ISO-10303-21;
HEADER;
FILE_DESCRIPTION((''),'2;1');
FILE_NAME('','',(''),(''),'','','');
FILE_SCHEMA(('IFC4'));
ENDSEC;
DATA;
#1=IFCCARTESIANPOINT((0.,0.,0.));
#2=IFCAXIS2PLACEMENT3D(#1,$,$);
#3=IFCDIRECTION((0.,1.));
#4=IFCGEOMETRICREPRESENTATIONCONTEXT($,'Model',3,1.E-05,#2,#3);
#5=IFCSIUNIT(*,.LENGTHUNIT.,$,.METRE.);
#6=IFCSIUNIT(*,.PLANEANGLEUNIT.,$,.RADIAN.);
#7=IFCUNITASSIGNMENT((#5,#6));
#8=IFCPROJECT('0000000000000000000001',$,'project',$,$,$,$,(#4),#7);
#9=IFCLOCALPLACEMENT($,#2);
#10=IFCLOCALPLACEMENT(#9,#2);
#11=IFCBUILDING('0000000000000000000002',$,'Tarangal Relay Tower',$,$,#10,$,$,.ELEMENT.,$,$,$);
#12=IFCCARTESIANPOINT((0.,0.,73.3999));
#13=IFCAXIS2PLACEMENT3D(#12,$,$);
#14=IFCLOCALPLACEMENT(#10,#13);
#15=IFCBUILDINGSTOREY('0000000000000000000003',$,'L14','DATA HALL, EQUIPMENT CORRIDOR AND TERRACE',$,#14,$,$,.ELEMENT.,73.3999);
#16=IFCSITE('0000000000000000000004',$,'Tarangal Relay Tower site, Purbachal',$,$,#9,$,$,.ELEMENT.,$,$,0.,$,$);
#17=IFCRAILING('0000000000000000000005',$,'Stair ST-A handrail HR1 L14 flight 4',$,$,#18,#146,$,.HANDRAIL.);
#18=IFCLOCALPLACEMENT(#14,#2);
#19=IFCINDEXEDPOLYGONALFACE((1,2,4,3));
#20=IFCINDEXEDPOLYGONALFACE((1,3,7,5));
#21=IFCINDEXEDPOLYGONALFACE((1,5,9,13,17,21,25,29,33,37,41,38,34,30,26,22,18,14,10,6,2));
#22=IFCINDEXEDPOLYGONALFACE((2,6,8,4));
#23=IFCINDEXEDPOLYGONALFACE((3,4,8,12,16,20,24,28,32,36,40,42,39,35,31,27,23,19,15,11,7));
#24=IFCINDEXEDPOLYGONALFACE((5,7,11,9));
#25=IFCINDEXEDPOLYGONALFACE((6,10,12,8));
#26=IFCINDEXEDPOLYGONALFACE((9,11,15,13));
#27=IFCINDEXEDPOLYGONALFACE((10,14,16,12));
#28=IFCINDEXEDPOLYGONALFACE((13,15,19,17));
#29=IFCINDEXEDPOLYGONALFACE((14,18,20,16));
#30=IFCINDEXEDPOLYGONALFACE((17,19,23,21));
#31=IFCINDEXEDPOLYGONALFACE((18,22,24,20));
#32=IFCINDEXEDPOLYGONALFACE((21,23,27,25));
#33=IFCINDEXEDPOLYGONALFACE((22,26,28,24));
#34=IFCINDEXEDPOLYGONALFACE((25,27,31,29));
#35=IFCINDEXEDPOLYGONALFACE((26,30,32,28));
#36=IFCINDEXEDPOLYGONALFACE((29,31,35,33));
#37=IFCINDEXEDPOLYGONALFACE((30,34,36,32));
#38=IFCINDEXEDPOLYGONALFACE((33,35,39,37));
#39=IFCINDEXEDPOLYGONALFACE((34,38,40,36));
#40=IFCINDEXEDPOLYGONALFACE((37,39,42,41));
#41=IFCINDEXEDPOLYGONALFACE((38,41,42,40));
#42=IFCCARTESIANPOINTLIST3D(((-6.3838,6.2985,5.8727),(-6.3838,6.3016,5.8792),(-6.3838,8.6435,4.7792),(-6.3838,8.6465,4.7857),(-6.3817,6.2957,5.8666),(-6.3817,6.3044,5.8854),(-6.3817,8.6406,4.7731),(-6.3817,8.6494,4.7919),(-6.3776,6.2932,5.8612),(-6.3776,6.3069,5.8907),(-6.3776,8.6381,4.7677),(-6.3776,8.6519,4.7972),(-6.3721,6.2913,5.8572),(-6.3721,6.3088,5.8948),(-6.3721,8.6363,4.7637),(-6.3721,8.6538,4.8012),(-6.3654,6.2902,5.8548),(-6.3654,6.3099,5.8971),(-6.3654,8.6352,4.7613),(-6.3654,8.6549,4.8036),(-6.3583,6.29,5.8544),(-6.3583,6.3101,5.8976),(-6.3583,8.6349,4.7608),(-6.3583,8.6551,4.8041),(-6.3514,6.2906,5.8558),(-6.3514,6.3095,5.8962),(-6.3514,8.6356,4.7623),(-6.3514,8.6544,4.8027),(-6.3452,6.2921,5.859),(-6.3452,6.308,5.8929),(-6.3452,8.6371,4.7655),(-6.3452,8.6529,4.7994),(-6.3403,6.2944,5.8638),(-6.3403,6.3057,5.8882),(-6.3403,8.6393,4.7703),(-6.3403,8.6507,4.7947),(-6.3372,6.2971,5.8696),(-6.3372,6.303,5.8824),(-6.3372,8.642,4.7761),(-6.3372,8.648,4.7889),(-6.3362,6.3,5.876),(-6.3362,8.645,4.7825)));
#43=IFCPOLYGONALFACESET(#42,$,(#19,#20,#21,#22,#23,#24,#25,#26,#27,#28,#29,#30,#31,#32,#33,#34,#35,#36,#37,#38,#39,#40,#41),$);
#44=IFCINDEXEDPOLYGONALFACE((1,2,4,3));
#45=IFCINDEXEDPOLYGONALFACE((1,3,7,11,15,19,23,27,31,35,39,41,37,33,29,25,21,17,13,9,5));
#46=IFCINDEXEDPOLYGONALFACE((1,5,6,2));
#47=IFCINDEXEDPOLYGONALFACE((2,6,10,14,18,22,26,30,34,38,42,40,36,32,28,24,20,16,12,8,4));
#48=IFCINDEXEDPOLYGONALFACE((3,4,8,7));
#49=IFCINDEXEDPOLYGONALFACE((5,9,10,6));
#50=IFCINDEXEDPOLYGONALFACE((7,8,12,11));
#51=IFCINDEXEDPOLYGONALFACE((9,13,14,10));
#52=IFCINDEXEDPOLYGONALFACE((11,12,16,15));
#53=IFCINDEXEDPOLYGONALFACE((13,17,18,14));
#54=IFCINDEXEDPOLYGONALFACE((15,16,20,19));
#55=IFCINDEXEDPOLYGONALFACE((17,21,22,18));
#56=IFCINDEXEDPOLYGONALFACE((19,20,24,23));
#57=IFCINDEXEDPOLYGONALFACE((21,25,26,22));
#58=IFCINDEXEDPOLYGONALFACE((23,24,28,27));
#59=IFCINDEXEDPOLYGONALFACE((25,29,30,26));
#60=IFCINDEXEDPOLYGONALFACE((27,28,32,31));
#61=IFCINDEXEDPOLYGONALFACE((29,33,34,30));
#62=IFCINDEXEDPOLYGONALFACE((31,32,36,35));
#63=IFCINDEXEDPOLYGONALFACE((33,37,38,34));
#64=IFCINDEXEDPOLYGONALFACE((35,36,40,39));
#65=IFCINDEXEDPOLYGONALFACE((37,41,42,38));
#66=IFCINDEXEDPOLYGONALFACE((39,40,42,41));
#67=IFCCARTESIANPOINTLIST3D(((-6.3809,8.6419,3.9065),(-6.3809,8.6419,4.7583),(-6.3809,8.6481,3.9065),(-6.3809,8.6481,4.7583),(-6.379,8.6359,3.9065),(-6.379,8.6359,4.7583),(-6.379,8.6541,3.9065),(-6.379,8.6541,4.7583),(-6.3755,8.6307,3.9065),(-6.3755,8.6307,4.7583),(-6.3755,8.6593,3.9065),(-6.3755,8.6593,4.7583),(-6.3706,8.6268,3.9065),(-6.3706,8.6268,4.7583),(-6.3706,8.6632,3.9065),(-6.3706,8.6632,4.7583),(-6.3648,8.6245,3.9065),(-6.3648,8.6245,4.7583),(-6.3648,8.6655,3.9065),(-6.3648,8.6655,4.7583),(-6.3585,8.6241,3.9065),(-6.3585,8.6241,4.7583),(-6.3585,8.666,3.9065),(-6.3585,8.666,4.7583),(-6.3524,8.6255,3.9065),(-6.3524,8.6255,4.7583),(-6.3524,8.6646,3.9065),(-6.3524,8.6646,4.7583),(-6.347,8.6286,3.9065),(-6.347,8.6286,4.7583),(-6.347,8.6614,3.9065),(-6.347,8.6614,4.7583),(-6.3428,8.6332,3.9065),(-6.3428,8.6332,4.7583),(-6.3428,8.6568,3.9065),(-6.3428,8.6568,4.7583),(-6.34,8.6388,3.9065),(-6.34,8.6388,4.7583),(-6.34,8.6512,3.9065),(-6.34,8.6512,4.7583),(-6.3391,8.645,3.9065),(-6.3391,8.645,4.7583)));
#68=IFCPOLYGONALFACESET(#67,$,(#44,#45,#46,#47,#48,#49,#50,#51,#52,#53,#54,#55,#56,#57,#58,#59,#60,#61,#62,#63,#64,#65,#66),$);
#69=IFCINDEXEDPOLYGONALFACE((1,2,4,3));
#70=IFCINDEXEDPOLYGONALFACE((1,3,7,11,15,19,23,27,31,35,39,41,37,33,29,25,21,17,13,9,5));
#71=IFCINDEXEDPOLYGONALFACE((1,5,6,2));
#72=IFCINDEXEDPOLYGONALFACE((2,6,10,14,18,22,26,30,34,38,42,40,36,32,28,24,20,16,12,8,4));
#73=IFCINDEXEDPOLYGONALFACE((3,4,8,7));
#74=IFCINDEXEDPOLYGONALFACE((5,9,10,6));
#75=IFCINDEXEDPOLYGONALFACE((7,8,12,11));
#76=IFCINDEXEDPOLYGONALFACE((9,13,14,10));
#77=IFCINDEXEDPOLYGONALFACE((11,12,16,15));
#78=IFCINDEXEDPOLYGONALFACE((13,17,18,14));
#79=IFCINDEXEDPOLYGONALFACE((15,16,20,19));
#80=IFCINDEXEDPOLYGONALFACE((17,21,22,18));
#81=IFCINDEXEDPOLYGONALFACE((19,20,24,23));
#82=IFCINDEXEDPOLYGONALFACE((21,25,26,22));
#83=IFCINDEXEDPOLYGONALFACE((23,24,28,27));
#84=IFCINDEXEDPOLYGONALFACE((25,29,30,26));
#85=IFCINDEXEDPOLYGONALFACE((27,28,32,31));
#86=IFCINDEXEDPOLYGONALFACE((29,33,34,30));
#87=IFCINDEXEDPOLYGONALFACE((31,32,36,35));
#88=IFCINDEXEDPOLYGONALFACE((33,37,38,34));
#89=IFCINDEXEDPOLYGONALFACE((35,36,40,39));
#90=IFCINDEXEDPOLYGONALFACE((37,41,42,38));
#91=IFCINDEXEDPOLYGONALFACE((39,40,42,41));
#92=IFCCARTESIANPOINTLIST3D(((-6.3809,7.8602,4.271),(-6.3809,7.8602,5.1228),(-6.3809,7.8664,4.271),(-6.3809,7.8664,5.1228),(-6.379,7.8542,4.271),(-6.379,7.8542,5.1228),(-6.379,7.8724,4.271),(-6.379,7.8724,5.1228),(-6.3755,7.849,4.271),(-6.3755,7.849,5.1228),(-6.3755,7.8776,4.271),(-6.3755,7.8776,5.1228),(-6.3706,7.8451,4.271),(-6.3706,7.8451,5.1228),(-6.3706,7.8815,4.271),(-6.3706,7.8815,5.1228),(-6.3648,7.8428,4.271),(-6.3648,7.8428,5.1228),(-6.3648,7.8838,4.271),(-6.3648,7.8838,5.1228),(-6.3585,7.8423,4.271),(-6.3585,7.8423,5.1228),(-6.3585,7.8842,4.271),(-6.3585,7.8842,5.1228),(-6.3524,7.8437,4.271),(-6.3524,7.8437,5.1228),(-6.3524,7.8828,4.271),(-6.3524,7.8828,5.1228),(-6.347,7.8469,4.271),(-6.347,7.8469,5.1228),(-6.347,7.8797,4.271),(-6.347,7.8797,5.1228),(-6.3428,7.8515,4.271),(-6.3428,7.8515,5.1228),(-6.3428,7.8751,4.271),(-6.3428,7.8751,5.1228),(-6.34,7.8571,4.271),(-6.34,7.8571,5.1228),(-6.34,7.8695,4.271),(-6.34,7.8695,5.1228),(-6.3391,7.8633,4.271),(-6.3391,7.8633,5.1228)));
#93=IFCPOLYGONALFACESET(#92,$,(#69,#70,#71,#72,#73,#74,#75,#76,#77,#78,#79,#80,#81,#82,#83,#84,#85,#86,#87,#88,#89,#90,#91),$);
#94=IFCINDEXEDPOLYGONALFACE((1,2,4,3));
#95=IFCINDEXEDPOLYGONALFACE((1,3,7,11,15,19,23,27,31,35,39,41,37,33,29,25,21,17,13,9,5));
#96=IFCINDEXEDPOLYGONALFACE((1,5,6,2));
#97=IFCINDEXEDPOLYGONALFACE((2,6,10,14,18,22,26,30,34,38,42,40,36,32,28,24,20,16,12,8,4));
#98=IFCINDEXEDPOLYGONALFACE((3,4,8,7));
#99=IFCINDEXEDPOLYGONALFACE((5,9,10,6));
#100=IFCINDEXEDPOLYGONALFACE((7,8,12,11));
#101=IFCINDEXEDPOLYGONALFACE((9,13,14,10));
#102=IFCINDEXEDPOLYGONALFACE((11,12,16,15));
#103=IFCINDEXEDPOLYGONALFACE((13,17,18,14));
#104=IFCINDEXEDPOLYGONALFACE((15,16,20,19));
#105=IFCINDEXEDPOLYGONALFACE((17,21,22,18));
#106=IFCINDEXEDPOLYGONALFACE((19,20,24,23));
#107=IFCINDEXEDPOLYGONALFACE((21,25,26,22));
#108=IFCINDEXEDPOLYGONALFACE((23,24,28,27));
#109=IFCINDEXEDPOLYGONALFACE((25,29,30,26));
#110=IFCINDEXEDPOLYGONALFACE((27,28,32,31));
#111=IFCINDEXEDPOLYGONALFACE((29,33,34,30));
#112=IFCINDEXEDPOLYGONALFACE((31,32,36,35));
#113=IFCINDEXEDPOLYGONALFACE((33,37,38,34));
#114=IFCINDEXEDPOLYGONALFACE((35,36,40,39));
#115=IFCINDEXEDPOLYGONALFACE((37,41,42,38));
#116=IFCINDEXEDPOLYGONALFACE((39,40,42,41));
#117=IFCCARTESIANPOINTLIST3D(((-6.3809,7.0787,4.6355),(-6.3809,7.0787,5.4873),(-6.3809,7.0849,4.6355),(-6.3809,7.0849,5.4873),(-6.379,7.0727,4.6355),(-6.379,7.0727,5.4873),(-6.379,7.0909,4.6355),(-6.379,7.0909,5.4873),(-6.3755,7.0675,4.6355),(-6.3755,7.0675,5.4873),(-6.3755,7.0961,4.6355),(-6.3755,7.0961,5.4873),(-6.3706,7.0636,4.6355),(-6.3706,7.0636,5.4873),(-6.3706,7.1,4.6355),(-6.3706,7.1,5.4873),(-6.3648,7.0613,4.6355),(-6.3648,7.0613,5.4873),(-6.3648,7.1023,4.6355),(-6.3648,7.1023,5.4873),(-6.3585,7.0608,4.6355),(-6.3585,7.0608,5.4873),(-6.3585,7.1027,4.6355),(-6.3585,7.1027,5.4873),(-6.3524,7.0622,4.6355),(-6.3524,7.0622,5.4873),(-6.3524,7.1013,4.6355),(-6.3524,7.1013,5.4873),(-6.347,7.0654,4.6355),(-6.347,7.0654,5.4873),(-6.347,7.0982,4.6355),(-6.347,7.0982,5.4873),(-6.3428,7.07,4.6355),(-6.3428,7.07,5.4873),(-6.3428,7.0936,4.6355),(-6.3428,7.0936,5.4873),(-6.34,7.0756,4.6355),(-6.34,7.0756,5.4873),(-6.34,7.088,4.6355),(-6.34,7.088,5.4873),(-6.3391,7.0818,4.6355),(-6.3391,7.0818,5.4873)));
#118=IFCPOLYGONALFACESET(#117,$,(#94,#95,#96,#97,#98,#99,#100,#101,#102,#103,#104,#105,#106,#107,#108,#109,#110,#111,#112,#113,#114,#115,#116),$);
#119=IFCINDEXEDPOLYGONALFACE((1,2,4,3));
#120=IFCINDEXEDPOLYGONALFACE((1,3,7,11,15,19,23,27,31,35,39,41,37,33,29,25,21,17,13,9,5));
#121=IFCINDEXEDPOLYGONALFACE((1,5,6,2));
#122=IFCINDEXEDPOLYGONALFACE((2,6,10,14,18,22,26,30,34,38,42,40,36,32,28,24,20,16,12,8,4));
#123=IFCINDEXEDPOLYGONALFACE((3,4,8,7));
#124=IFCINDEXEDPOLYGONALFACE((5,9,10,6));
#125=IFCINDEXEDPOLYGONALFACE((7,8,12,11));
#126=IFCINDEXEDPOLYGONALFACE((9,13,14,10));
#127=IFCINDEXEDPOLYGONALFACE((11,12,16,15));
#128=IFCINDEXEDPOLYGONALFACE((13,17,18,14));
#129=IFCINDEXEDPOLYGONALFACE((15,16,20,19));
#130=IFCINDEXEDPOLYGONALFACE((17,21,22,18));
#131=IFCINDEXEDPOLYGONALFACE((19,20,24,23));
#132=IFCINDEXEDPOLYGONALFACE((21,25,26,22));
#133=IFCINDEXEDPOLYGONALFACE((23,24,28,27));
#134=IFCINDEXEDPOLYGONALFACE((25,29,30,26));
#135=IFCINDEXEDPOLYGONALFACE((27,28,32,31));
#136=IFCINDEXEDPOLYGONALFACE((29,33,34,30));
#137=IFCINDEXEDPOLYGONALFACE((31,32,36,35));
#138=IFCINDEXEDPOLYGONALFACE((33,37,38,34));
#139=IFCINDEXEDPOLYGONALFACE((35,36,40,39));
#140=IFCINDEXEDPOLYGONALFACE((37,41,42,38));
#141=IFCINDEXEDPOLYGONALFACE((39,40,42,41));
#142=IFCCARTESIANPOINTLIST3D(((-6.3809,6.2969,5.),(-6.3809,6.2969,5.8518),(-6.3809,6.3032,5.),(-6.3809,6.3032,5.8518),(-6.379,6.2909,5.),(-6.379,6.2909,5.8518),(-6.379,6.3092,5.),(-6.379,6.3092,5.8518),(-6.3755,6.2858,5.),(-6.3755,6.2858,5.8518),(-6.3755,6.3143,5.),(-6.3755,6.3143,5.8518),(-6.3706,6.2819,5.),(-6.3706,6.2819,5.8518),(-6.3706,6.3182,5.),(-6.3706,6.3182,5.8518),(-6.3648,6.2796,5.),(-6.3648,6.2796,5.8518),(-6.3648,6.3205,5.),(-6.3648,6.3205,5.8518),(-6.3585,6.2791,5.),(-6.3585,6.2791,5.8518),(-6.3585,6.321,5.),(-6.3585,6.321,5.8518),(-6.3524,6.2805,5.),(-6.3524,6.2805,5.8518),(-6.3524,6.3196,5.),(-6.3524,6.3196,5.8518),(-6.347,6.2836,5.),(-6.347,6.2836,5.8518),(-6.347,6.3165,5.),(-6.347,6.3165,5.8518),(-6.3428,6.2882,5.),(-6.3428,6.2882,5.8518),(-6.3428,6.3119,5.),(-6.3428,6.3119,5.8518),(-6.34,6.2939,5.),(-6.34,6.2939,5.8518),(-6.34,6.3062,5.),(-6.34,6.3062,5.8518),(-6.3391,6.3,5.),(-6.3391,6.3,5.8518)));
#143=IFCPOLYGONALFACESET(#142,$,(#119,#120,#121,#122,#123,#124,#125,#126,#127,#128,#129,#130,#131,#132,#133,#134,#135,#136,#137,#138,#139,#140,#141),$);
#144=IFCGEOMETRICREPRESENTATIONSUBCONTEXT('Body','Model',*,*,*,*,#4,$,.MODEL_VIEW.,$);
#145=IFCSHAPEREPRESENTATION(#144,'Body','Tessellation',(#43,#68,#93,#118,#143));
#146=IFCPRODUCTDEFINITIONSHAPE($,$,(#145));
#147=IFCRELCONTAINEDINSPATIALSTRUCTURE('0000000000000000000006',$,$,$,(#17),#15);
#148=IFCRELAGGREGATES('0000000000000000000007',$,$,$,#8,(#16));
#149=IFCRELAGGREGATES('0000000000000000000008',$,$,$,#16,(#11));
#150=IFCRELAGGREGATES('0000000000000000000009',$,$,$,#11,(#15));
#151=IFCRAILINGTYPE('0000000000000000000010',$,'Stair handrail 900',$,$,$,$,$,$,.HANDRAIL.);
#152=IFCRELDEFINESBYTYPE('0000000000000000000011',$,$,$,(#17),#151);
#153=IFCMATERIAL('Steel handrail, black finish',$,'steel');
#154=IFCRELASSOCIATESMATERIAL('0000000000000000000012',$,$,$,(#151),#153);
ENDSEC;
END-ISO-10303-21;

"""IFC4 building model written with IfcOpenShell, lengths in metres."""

from ifc_helpers import new_model, si_unit, direction, frame, origin, origin_2d, place, context, subcontext, project, spatial, circle, extrude, material, type_object, element, save


model = new_model("IFC4")

# Units and contexts
model_context = context("Model", 3, precision=1e-05, world=origin(), true_north=direction((0.0, 1.0)))
body_context = subcontext(model_context, "Body", "Model", "MODEL_VIEW")
ifc_project = project(units=[si_unit("LENGTHUNIT", "METRE"), si_unit("PLANEANGLEUNIT", "RADIAN")], contexts=[model_context])

# Site, building, storey
site_placement = place(None, origin())
site = spatial("IfcSite", under=ifc_project, at=site_placement, Name="Tarangal Relay Tower site, Purbachal", CompositionType="ELEMENT", RefElevation=0.0)
building_placement = place(site_placement, origin())
building = spatial("IfcBuilding", under=site, at=building_placement, Name="Tarangal Relay Tower", CompositionType="ELEMENT")
storey_placement = place(building_placement, frame((0.0, 0.0, 73.3999)))
storey = spatial("IfcBuildingStorey", under=building, at=storey_placement, Name="L14", Description="DATA HALL, EQUIPMENT CORRIDOR AND TERRACE", CompositionType="ELEMENT", Elevation=73.3999)

# Railing
ifc_material_1 = material(Name="Steel handrail, black finish", Category="steel")
railing_type_1 = type_object("IfcRailingType", Name="Stair handrail 900", PredefinedType="HANDRAIL", material=ifc_material_1)
for number, where, name in (
    (1, (-6.3601, 8.645, 3.9065), "Stair ST-A handrail HR1 L14 flight 4"),
):
    element("IfcRailing", number, at=place(storey_placement, frame(where)), inside=storey, type_object=railing_type_1, Name=name, PredefinedType="HANDRAIL", context=body_context, shape_type="SweptSolid", body=[
        extrude(circle(Radius=0.0239, at=origin_2d()), frame((0.0, 0.0, 0.876), z_axis=(0.0, -0.906304, 0.422627), x_axis=(1.0, 0.0, 0.0)), (0.0, 0.0, 1.0), 2.5874),
        extrude(circle(Radius=0.021, at=origin_2d()), origin(), (0.0, 0.0, 1.0), 0.8518),
        extrude(circle(Radius=0.021, at=origin_2d()), frame((0.0, -0.7817, 0.3645)), (0.0, 0.0, 1.0), 0.8518),
        extrude(circle(Radius=0.021, at=origin_2d()), frame((0.0, -1.5632, 0.729)), (0.0, 0.0, 1.0), 0.8518),
        extrude(circle(Radius=0.021, at=origin_2d()), frame((0.0, -2.345, 1.0935)), (0.0, 0.0, 1.0), 0.8518),
    ])

save(model, "model.ifc")
